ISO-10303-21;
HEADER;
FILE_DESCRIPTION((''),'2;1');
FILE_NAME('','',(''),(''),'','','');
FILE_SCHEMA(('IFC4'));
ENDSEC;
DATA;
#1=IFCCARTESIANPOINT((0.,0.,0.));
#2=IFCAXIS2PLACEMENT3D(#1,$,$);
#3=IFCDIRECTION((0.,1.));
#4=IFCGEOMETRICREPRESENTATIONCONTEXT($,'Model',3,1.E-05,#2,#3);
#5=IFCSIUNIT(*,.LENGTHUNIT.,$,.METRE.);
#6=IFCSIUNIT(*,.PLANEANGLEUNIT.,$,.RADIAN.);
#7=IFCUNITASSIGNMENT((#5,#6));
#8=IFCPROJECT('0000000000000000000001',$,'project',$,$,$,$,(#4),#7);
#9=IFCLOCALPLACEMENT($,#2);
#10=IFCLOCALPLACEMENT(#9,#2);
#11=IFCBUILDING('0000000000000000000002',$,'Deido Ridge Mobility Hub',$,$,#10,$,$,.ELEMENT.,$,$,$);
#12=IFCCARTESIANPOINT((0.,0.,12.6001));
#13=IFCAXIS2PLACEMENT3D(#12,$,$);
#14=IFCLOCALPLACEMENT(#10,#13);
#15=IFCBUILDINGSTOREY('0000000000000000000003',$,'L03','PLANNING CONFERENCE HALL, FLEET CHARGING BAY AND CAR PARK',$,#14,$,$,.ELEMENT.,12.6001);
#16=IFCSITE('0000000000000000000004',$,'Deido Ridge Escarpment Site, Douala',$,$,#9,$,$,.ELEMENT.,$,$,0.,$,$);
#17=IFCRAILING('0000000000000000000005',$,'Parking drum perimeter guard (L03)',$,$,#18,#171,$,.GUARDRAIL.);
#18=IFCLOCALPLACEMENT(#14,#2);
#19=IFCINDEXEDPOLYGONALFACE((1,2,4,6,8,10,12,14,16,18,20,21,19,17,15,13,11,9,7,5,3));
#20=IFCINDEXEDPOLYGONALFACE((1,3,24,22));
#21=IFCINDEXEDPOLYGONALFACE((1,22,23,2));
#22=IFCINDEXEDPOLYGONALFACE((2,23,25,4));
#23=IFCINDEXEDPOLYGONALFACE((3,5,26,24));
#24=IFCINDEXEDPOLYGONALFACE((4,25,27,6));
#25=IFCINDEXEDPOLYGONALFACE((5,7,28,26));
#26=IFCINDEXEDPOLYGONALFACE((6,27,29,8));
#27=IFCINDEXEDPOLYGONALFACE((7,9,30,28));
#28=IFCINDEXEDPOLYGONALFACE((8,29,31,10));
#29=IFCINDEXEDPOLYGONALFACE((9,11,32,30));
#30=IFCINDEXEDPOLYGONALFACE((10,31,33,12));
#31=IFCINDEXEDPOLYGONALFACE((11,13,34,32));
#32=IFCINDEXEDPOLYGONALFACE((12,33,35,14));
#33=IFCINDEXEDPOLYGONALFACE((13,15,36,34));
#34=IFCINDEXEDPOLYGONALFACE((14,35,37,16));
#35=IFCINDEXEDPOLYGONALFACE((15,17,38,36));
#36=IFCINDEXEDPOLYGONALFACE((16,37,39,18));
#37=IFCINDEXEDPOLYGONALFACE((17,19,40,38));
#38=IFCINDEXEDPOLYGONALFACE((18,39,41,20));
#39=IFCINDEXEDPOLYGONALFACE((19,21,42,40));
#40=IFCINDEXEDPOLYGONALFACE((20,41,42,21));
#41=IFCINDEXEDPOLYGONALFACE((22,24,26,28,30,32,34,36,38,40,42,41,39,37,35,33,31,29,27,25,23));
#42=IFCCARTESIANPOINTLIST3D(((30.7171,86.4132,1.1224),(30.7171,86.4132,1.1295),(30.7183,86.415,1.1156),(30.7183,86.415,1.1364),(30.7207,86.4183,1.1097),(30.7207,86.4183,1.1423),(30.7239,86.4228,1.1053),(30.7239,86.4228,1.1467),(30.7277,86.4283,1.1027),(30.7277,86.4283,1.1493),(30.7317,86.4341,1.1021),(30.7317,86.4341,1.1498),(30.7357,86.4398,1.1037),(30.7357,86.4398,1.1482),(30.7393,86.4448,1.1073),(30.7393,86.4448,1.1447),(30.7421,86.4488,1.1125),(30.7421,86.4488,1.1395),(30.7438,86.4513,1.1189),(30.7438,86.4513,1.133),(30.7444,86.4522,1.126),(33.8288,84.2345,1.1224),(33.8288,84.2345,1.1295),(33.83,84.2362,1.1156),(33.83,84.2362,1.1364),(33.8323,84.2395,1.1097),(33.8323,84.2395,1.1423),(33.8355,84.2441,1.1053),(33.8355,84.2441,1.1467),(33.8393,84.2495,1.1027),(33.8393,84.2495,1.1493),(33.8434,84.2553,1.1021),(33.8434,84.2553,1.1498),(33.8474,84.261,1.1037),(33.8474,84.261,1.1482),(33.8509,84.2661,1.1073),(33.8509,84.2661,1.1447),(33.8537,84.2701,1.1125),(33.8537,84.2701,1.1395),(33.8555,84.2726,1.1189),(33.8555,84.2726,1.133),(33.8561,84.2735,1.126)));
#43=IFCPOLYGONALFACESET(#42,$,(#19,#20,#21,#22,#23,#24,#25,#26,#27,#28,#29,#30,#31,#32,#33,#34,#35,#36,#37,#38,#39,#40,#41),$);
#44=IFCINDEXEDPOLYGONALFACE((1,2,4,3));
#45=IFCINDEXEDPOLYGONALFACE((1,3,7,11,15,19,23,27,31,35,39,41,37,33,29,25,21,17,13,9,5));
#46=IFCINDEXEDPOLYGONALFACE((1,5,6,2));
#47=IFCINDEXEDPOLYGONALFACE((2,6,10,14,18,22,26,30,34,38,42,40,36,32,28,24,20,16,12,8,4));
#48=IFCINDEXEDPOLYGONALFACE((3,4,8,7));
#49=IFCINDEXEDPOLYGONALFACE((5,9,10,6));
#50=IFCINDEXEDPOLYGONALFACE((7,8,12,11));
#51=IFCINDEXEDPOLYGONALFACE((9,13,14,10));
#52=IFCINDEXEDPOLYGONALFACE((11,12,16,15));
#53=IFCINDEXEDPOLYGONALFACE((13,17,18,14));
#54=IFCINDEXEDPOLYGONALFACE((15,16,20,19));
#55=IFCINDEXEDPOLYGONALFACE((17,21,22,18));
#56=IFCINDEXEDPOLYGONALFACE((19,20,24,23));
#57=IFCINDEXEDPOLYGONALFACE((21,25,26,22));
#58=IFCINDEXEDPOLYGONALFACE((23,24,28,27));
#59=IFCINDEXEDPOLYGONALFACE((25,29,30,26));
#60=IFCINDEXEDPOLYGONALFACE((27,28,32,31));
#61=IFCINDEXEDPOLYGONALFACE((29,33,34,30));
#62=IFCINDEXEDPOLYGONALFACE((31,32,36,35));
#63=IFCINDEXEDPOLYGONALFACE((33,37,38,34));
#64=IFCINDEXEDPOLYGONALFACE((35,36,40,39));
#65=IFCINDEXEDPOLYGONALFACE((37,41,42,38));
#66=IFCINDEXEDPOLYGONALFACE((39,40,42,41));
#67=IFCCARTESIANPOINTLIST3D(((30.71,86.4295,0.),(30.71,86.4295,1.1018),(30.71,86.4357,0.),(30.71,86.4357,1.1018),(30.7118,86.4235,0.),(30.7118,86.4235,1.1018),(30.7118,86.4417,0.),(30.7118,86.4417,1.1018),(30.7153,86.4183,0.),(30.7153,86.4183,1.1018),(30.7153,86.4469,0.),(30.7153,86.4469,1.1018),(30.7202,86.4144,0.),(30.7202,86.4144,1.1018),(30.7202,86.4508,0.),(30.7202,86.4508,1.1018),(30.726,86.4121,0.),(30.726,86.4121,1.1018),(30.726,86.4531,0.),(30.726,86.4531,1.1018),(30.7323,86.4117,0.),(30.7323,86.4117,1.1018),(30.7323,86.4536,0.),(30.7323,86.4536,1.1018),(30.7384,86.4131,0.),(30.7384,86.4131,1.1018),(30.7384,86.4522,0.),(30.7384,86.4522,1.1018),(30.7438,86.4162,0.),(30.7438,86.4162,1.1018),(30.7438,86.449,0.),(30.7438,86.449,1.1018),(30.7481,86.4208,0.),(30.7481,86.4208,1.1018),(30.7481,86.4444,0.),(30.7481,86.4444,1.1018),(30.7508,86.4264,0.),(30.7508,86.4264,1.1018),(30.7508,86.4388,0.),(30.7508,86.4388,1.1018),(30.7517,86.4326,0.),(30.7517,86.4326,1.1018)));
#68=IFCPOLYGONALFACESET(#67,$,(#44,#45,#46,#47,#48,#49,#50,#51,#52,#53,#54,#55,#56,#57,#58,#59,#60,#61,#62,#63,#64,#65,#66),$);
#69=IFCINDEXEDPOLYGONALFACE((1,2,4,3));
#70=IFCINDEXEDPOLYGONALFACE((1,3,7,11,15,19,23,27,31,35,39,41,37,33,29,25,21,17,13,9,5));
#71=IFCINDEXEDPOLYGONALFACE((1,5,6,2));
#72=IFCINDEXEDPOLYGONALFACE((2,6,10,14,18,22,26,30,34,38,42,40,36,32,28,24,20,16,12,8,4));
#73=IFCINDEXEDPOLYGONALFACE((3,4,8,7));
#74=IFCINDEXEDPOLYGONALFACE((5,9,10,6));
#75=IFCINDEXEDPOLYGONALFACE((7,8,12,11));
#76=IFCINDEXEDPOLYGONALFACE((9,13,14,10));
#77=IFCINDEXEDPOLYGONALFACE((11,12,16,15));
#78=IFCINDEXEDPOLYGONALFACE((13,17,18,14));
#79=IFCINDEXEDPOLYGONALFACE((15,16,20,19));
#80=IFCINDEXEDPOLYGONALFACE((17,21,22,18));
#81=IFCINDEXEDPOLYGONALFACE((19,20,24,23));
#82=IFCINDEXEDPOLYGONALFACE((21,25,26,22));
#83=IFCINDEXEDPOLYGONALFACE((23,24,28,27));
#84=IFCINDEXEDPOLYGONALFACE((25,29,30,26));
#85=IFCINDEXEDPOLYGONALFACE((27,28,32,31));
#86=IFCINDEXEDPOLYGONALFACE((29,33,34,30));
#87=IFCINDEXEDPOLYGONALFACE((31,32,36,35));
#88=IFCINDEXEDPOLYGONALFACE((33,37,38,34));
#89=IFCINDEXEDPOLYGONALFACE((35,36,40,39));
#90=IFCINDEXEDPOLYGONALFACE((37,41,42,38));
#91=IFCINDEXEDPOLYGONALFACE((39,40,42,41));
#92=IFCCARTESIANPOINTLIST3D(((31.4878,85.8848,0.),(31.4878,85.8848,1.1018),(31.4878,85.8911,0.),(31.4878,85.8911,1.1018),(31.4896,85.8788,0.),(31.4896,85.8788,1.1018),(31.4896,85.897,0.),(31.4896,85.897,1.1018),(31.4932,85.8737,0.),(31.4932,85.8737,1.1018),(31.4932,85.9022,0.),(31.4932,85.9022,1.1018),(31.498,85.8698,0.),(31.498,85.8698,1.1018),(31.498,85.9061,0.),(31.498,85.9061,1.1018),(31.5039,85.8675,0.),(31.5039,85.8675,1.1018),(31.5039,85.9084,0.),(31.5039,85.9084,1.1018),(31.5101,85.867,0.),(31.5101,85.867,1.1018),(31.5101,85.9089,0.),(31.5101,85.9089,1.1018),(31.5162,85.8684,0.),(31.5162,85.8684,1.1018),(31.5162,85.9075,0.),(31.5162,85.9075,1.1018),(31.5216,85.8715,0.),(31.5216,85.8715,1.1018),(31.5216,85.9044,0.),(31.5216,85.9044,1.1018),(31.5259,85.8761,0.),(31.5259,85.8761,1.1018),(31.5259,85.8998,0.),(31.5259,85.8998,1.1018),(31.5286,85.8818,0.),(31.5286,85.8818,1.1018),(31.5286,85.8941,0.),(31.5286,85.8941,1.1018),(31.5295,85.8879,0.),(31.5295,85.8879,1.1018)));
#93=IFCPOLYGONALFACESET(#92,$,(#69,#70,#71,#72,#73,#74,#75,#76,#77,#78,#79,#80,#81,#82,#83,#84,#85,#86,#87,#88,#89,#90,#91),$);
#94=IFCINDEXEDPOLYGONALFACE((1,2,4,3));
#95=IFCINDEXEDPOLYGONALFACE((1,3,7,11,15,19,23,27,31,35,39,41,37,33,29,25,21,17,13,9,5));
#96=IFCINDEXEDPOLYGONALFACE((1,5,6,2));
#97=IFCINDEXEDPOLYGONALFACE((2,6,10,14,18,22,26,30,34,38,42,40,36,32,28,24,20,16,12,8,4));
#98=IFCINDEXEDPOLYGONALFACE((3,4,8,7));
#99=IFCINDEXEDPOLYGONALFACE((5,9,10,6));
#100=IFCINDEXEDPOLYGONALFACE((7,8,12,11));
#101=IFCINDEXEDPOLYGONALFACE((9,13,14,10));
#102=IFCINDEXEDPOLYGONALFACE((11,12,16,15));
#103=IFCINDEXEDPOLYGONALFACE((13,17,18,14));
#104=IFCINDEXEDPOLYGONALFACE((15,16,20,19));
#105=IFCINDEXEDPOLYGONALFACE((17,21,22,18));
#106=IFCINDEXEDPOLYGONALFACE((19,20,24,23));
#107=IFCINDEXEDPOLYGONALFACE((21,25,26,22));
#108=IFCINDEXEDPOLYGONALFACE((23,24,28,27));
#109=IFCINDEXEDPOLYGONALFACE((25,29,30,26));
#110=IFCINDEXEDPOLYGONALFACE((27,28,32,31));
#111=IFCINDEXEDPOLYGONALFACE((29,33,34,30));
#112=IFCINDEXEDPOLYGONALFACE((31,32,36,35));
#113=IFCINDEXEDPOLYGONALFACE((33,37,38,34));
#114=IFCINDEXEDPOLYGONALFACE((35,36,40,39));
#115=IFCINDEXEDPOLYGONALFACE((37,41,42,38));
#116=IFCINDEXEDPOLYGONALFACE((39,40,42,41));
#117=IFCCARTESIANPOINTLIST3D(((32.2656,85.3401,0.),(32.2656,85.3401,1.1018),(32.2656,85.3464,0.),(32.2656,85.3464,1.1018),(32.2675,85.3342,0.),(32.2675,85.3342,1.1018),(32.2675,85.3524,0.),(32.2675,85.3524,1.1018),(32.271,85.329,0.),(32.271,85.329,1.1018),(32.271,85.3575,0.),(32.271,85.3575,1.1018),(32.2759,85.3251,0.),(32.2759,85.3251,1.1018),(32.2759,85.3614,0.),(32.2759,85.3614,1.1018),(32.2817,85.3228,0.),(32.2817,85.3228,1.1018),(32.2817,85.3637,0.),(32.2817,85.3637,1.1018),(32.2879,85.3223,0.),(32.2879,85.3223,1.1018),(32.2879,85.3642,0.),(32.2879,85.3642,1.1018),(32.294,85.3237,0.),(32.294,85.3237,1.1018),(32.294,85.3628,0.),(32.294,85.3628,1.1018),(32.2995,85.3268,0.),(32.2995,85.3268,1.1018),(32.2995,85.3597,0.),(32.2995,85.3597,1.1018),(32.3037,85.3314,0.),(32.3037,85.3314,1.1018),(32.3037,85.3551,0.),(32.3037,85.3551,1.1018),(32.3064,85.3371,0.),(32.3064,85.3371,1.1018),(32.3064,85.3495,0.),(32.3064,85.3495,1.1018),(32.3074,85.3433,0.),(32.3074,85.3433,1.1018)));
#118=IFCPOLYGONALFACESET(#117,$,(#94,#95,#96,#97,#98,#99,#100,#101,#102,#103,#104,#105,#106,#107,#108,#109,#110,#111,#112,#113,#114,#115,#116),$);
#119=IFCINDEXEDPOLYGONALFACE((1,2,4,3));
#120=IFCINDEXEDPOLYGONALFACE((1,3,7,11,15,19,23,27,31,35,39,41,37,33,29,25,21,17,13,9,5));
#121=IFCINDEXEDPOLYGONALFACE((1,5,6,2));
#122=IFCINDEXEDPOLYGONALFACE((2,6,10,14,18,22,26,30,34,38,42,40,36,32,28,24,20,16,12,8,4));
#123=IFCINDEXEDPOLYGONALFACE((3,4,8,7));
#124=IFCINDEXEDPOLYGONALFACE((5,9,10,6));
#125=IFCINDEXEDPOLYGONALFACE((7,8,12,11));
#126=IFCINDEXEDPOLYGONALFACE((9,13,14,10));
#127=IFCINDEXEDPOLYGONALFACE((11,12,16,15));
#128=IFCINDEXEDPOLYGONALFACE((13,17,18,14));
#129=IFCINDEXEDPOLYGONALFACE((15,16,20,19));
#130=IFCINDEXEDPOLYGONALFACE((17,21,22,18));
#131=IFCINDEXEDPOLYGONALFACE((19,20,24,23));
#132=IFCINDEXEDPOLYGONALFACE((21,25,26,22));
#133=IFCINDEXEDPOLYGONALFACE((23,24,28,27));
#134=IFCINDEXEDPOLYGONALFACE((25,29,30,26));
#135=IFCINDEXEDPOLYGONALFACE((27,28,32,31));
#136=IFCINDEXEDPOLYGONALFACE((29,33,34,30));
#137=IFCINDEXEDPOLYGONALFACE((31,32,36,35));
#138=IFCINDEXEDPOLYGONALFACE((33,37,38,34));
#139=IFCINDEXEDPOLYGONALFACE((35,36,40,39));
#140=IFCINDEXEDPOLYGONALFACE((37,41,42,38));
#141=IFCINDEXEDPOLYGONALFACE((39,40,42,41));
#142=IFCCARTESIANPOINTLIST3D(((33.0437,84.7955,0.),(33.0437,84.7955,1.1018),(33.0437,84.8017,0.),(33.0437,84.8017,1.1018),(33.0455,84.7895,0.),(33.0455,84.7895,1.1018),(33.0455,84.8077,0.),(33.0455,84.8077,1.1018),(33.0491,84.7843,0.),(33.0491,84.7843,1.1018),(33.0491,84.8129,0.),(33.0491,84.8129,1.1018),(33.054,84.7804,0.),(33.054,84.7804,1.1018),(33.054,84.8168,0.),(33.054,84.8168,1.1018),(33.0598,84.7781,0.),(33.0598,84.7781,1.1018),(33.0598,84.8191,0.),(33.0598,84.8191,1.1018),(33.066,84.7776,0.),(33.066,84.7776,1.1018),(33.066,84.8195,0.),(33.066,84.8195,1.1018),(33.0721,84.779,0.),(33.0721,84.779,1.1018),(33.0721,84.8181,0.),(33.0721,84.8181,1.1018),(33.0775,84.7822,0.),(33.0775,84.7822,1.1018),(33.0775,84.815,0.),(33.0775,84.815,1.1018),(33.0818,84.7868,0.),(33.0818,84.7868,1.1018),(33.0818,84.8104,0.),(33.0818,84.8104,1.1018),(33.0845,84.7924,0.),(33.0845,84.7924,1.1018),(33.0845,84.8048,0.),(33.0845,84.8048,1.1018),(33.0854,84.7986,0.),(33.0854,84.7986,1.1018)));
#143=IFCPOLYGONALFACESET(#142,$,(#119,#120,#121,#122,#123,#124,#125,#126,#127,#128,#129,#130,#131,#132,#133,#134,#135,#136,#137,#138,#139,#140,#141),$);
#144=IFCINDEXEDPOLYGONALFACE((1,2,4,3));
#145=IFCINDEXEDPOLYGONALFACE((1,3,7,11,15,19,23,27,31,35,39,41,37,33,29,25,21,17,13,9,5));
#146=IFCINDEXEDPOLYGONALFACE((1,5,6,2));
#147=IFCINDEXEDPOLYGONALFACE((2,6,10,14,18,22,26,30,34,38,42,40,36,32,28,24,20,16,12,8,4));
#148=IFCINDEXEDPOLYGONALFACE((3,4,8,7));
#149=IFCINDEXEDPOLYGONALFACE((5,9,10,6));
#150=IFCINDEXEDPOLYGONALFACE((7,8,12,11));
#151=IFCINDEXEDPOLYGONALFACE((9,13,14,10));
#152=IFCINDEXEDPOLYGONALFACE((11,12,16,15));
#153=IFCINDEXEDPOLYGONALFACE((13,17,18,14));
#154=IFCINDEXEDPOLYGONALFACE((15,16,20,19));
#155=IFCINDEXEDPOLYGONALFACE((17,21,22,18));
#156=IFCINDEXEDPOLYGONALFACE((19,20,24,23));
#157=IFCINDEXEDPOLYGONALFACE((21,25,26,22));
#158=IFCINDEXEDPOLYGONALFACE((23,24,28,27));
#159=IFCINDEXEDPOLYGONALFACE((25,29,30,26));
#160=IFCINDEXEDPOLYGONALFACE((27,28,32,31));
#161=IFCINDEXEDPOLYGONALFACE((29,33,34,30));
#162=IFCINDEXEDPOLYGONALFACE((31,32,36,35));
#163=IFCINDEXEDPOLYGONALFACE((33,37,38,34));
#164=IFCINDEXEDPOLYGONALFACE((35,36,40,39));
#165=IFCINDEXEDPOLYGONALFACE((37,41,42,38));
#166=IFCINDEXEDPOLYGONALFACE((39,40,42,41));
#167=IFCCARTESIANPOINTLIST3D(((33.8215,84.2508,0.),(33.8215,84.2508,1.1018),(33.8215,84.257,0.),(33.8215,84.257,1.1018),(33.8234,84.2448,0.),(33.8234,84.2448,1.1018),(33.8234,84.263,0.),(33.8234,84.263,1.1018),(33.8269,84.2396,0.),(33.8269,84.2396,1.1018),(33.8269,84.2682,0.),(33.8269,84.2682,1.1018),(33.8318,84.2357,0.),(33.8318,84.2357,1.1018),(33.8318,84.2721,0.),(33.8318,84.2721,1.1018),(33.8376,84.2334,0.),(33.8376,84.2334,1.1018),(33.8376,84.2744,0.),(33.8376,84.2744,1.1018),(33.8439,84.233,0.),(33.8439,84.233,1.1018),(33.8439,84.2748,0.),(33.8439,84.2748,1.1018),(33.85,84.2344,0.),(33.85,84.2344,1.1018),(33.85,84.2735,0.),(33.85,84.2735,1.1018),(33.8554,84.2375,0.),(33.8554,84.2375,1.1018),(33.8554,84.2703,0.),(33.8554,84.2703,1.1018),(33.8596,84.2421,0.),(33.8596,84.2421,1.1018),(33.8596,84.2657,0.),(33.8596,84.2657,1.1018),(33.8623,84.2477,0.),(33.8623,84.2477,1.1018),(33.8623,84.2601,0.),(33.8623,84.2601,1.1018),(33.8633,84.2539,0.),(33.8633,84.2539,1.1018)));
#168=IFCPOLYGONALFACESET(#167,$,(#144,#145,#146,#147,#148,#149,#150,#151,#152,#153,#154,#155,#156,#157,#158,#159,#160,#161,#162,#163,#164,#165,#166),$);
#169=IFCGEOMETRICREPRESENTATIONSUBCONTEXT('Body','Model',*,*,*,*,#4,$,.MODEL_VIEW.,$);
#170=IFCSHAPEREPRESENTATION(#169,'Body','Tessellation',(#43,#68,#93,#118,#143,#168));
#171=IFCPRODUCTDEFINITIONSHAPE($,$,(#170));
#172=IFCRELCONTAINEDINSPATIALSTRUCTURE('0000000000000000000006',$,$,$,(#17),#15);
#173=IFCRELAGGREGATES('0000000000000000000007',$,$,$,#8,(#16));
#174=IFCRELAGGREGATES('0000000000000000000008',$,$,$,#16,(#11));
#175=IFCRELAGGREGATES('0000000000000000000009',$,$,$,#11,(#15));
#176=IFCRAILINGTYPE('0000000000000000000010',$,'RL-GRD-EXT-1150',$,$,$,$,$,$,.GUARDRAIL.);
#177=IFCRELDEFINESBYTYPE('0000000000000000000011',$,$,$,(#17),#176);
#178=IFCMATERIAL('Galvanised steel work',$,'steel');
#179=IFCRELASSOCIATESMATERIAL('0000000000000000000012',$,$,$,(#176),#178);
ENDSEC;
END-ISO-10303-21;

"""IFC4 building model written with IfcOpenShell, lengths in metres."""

from ifc_helpers import new_model, si_unit, direction, frame, origin, origin_2d, place, context, subcontext, project, spatial, circle, extrude, material, type_object, element, save


model = new_model("IFC4")

# Units and contexts
model_context = context("Model", 3, precision=1e-05, world=origin(), true_north=direction((0.0, 1.0)))
body_context = subcontext(model_context, "Body", "Model", "MODEL_VIEW")
ifc_project = project(units=[si_unit("LENGTHUNIT", "METRE"), si_unit("PLANEANGLEUNIT", "RADIAN")], contexts=[model_context])

# Site, building, storey
site_placement = place(None, origin())
site = spatial("IfcSite", under=ifc_project, at=site_placement, Name="Deido Ridge Escarpment Site, Douala", CompositionType="ELEMENT", RefElevation=0.0)
building_placement = place(site_placement, origin())
building = spatial("IfcBuilding", under=site, at=building_placement, Name="Deido Ridge Mobility Hub", CompositionType="ELEMENT")
storey_placement = place(building_placement, frame((0.0, 0.0, 12.6001)))
storey = spatial("IfcBuildingStorey", under=building, at=storey_placement, Name="L03", Description="PLANNING CONFERENCE HALL, FLEET CHARGING BAY AND CAR PARK", CompositionType="ELEMENT", Elevation=12.6001)

# Railing
ifc_material_1 = material(Name="Galvanised steel work", Category="steel")
railing_type = type_object("IfcRailingType", Name="RL-GRD-EXT-1150", PredefinedType="GUARDRAIL", material=ifc_material_1)
railing_1_placement = place(storey_placement, frame((30.7307, 86.4326, 0.0)))
element("IfcRailing", 1, at=railing_1_placement, inside=storey, type_object=railing_type, Name="Parking drum perimeter guard (L03)", PredefinedType="GUARDRAIL", context=body_context, shape_type="SweptSolid", body=[
    extrude(circle(Radius=0.0239, at=origin_2d()), frame((0.0, 0.0, 1.126), z_axis=(0.819156, -0.57357, 0.0), x_axis=(0.57357, 0.819156, 0.0)), (0.0, 0.0, 1.0), 3.7986),
    extrude(circle(Radius=0.021, at=origin_2d()), origin(), (0.0, 0.0, 1.0), 1.1018),
    extrude(circle(Radius=0.021, at=origin_2d()), frame((0.7778, -0.5447, 0.0)), (0.0, 0.0, 1.0), 1.1018),
    extrude(circle(Radius=0.021, at=origin_2d()), frame((1.5557, -1.0894, 0.0)), (0.0, 0.0, 1.0), 1.1018),
    extrude(circle(Radius=0.021, at=origin_2d()), frame((2.3337, -1.634, 0.0)), (0.0, 0.0, 1.0), 1.1018),
    extrude(circle(Radius=0.021, at=origin_2d()), frame((3.1116, -2.1787, 0.0)), (0.0, 0.0, 1.0), 1.1018),
])

save(model, "model.ifc")
